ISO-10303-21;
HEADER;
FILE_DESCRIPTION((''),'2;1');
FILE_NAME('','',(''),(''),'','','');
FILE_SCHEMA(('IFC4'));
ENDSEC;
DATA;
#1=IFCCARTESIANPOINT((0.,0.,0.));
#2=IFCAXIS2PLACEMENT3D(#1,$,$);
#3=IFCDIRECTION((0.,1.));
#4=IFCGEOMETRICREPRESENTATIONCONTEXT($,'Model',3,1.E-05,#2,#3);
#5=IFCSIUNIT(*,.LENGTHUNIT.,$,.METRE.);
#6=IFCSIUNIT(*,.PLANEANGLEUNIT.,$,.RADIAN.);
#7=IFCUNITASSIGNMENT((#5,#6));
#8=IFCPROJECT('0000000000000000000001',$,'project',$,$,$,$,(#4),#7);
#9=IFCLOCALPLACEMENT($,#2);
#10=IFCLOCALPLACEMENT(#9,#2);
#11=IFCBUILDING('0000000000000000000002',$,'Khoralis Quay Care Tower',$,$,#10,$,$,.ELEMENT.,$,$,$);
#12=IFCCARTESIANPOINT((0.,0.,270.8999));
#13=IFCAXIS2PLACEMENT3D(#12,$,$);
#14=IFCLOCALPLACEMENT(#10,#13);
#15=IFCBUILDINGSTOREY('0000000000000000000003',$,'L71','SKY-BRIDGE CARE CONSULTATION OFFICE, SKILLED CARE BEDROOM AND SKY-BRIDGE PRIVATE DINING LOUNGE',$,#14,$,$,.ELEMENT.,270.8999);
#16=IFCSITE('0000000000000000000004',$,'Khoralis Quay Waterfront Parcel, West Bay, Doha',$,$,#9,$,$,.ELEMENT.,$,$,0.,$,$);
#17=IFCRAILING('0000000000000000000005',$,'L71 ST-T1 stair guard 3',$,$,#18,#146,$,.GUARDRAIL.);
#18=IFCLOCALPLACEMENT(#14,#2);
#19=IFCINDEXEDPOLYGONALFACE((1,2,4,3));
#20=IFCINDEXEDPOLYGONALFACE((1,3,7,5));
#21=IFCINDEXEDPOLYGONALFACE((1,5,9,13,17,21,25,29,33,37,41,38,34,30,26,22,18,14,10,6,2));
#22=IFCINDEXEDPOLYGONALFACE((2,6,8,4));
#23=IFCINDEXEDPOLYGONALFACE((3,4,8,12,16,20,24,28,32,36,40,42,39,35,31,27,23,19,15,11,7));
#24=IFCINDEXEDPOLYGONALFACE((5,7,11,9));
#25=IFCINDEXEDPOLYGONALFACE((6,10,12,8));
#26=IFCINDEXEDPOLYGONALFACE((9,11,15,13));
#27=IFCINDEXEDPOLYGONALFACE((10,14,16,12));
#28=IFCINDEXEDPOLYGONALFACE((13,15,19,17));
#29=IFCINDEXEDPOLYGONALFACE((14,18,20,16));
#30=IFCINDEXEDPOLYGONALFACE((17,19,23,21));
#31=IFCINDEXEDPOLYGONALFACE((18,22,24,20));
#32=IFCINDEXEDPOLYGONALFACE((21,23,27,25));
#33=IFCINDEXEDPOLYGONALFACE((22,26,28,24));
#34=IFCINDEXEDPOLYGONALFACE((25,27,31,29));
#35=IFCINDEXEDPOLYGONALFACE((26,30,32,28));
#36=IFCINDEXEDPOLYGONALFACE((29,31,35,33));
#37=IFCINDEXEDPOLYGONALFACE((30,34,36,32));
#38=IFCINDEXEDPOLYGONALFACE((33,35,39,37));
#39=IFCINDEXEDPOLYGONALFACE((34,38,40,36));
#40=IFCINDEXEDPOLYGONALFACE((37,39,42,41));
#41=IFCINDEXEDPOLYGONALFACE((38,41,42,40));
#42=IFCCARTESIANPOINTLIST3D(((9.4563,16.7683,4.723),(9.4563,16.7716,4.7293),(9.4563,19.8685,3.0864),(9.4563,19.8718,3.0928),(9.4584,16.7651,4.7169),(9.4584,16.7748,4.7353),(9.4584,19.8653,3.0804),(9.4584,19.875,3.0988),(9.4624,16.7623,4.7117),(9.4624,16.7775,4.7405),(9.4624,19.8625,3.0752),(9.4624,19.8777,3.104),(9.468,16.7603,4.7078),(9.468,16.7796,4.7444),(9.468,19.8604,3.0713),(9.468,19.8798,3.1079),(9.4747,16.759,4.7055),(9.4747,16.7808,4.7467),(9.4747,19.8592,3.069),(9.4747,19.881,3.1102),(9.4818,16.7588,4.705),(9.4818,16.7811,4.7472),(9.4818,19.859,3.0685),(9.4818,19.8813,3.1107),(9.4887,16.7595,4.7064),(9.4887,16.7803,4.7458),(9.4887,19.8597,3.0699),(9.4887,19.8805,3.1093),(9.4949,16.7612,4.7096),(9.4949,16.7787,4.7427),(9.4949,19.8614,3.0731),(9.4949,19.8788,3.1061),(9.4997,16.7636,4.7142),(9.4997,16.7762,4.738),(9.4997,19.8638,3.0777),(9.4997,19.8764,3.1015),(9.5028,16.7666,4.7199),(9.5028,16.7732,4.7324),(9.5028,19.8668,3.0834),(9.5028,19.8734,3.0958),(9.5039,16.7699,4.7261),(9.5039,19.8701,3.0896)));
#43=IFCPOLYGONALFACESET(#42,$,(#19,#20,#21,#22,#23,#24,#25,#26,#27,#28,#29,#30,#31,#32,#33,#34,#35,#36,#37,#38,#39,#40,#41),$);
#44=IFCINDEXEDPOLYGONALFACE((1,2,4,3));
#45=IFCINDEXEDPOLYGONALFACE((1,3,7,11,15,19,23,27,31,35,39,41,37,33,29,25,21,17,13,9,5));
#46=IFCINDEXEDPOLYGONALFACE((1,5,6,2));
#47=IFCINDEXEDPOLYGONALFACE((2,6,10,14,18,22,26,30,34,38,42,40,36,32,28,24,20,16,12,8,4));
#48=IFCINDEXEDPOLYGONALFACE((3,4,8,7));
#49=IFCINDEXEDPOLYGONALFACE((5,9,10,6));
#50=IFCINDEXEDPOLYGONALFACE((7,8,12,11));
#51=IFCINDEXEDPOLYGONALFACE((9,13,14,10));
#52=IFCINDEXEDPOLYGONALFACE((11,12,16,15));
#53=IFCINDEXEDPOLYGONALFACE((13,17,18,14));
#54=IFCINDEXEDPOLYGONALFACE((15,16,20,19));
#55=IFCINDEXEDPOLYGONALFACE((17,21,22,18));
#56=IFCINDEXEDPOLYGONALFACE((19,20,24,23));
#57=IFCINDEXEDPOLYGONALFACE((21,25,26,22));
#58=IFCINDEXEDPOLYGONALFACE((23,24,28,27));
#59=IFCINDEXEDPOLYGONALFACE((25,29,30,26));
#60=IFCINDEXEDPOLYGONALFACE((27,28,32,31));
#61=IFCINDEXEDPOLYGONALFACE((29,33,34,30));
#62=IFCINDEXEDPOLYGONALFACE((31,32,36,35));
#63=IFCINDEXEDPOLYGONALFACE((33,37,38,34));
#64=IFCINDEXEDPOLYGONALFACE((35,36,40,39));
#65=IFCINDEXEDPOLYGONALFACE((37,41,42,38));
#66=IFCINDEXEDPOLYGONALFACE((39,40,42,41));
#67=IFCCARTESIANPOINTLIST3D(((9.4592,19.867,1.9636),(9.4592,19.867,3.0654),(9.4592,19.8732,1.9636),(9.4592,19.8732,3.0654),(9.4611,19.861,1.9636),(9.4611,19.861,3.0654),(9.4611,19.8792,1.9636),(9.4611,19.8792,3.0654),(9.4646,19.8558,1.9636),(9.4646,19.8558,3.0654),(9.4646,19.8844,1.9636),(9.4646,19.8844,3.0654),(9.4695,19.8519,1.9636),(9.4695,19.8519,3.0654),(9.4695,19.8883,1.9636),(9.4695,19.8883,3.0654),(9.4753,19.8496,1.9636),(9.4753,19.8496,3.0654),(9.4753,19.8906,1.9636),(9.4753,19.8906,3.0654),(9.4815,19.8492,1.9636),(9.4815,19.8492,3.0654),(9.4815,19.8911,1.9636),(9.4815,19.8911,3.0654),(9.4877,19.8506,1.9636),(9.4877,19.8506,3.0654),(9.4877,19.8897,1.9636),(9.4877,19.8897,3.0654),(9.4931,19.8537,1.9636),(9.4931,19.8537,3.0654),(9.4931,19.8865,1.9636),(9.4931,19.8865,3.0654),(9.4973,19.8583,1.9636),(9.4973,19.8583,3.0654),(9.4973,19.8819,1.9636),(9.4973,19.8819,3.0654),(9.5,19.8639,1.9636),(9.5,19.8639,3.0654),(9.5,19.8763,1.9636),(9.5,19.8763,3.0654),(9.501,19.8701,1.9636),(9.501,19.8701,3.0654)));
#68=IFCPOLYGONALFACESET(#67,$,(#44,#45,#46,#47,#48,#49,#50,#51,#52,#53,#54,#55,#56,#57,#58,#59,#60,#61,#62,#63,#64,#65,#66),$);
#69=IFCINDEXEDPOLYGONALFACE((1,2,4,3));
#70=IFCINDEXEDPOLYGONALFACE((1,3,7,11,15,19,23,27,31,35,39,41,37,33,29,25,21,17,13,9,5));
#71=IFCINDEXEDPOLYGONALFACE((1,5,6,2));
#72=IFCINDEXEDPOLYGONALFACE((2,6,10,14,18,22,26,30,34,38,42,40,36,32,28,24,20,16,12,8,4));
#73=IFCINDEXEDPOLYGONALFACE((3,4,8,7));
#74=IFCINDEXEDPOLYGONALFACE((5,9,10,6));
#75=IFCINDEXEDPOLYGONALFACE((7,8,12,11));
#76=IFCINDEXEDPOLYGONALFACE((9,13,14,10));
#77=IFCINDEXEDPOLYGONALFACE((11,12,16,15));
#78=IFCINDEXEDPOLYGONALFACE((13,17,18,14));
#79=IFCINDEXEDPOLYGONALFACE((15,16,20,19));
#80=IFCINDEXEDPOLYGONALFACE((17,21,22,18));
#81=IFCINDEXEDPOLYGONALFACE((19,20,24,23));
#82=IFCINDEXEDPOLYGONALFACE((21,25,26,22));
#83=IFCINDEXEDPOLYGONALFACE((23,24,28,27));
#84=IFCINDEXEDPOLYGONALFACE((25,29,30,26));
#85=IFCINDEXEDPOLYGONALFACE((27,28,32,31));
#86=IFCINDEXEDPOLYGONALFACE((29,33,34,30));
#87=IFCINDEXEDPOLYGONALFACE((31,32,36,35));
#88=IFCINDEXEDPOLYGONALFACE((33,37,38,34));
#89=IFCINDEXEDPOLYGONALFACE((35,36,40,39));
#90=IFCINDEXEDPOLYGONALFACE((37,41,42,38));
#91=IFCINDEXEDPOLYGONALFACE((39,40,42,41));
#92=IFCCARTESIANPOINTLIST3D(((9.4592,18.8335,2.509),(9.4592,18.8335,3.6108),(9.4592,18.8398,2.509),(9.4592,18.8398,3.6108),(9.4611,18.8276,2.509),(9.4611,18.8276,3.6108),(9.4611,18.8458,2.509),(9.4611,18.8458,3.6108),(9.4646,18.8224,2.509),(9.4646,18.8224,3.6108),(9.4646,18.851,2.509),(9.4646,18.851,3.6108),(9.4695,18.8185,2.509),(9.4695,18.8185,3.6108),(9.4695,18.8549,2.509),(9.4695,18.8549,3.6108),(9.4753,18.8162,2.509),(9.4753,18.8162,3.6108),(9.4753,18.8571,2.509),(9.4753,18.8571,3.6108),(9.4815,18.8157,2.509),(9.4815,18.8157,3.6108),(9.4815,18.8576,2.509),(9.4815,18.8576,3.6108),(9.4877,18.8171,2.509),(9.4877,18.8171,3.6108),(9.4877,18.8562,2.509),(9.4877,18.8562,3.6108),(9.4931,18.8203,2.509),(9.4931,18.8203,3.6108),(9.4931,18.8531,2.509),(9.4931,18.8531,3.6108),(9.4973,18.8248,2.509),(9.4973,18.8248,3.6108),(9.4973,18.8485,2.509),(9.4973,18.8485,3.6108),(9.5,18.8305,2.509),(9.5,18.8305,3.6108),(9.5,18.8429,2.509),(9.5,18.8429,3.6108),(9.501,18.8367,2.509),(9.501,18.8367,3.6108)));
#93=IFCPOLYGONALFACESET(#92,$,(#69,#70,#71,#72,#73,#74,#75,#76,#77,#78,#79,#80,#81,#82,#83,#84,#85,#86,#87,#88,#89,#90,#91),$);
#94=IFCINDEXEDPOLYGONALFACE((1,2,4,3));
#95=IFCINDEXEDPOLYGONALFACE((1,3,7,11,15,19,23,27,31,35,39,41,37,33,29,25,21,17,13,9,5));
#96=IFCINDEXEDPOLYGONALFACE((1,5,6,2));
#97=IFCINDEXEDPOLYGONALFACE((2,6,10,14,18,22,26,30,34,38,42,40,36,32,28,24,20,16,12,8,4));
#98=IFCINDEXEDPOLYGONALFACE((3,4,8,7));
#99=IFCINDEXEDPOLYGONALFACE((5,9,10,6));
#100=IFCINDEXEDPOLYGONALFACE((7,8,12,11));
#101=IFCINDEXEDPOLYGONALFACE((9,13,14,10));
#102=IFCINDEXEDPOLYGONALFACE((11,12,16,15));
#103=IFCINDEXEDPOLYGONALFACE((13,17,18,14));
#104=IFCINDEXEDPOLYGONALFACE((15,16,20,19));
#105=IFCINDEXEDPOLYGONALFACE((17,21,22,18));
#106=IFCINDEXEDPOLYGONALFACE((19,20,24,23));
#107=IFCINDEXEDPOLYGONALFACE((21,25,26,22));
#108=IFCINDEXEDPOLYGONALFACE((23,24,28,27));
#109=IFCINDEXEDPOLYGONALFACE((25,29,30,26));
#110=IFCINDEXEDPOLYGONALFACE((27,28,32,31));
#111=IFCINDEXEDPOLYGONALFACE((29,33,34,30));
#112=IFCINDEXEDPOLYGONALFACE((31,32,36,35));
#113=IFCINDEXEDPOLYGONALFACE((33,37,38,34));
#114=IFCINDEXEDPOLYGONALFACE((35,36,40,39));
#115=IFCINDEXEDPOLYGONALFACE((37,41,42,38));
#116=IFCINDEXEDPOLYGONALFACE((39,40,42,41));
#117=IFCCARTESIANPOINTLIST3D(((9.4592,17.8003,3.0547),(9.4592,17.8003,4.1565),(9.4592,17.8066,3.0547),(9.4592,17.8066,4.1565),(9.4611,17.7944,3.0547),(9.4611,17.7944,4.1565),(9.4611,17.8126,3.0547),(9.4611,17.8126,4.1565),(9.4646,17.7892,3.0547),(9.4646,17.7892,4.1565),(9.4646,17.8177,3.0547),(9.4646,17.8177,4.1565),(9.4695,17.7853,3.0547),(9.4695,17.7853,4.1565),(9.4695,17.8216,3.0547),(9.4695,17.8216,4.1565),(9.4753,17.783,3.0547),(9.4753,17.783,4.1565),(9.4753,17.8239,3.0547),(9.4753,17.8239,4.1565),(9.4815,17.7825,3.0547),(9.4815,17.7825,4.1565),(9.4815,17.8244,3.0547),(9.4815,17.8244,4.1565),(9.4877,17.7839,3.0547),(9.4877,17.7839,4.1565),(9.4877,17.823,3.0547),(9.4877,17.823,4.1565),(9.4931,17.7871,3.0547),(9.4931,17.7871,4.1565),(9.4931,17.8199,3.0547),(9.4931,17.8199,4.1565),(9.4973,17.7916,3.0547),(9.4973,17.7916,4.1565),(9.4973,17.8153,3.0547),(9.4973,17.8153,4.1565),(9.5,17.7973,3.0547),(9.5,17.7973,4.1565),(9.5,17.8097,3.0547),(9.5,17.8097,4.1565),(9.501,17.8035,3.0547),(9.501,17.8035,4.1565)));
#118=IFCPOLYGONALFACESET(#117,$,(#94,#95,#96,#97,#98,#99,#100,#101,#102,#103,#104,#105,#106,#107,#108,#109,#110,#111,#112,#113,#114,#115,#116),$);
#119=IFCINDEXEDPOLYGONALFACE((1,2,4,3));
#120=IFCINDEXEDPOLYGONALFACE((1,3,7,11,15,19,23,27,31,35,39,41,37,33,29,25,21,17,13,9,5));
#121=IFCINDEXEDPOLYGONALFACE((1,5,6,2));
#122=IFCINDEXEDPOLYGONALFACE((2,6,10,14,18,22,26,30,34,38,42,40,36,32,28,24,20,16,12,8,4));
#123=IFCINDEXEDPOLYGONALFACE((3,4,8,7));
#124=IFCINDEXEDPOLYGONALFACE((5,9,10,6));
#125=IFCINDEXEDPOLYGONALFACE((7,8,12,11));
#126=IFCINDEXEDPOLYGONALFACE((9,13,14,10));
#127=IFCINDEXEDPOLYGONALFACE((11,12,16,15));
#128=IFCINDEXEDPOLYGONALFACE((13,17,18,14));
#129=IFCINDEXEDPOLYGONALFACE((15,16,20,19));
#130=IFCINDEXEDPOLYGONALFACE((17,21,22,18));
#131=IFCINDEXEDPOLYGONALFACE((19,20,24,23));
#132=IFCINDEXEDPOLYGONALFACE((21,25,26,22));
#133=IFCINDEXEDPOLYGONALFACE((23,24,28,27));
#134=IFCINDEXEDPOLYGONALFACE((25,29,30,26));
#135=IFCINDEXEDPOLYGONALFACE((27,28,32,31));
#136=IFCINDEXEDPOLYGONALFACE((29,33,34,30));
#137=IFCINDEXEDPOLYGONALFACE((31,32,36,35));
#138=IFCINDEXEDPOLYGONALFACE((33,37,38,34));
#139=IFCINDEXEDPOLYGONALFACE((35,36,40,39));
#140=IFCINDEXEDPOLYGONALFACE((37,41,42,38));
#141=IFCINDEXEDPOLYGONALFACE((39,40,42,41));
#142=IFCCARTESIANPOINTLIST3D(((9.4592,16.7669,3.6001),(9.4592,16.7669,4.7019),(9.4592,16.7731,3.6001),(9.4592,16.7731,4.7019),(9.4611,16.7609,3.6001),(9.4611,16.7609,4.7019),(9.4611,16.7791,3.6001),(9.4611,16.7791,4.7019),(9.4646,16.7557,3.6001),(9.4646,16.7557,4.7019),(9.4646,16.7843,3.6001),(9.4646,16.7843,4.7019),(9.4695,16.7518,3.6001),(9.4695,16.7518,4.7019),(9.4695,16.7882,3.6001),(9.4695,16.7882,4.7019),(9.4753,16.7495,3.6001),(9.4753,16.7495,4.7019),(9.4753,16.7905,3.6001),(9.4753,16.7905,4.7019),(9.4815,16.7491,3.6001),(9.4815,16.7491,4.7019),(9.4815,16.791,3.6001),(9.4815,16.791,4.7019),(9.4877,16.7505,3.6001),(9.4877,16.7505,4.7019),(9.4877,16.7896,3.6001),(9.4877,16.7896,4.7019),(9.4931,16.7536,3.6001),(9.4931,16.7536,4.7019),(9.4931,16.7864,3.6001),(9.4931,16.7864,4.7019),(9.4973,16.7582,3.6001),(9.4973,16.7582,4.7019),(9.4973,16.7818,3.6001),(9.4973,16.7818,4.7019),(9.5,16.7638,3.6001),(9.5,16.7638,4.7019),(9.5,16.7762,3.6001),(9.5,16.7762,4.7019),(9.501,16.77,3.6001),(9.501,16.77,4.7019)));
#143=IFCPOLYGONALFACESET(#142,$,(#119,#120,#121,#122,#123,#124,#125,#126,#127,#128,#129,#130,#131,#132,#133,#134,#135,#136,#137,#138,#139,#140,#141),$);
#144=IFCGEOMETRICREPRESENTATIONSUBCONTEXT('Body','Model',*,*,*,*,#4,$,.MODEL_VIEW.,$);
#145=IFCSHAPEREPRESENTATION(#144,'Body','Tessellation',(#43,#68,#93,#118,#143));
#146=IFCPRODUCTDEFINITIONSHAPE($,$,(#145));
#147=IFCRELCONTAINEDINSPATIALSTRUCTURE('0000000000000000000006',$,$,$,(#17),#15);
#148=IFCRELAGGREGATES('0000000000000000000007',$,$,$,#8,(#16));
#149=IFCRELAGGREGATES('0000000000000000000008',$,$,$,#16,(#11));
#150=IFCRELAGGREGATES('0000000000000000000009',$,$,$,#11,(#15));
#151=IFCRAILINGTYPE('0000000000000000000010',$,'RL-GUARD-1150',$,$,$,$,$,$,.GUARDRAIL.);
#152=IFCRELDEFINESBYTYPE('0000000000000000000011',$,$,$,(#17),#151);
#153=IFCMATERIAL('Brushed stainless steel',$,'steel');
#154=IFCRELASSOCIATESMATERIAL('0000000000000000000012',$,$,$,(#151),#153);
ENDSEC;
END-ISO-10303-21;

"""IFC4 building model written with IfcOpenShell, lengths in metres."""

from ifc_helpers import new_model, si_unit, direction, frame, origin, origin_2d, place, context, subcontext, project, spatial, circle, extrude, material, type_object, element, save


model = new_model("IFC4")

# Units and contexts
model_context = context("Model", 3, precision=1e-05, world=origin(), true_north=direction((0.0, 1.0)))
body_context = subcontext(model_context, "Body", "Model", "MODEL_VIEW")
ifc_project = project(units=[si_unit("LENGTHUNIT", "METRE"), si_unit("PLANEANGLEUNIT", "RADIAN")], contexts=[model_context])

# Site, building, storey
site_placement = place(None, origin())
site = spatial("IfcSite", under=ifc_project, at=site_placement, Name="Khoralis Quay Waterfront Parcel, West Bay, Doha", CompositionType="ELEMENT", RefElevation=0.0)
building_placement = place(site_placement, origin())
building = spatial("IfcBuilding", under=site, at=building_placement, Name="Khoralis Quay Care Tower", CompositionType="ELEMENT")
storey_placement = place(building_placement, frame((0.0, 0.0, 270.8999)))
storey = spatial("IfcBuildingStorey", under=building, at=storey_placement, Name="L71", Description="SKY-BRIDGE CARE CONSULTATION OFFICE, SKILLED CARE BEDROOM AND SKY-BRIDGE PRIVATE DINING LOUNGE", CompositionType="ELEMENT", Elevation=270.8999)

# Shared definitions
ifc_material_1 = material(Name="Brushed stainless steel", Category="steel")

# Railing
railing_type_1 = type_object("IfcRailingType", Name="RL-GUARD-1150", PredefinedType="GUARDRAIL", material=ifc_material_1)
railing_1_placement = place(storey_placement, frame((9.48, 19.8701, 1.9636)))
element("IfcRailing", 1, at=railing_1_placement, inside=storey, type_object=railing_type_1, Name="L71 ST-T1 stair guard 3", PredefinedType="GUARDRAIL", context=body_context, shape_type="SweptSolid", body=[
    extrude(circle(Radius=0.0239, at=origin_2d()), frame((0.0, 0.0, 1.126), z_axis=(0.0, -0.884348, 0.466828), x_axis=(1.0, 0.0, 0.0)), (0.0, 0.0, 1.0), 3.5056),
    extrude(circle(Radius=0.021, at=origin_2d()), origin(), (0.0, 0.0, 1.0), 1.1018),
    extrude(circle(Radius=0.021, at=origin_2d()), frame((0.0, -1.0334, 0.5454)), (0.0, 0.0, 1.0), 1.1018),
    extrude(circle(Radius=0.021, at=origin_2d()), frame((0.0, -2.0667, 1.0911)), (0.0, 0.0, 1.0), 1.1018),
    extrude(circle(Radius=0.021, at=origin_2d()), frame((0.0, -3.1001, 1.6365)), (0.0, 0.0, 1.0), 1.1018),
])

save(model, "model.ifc")
